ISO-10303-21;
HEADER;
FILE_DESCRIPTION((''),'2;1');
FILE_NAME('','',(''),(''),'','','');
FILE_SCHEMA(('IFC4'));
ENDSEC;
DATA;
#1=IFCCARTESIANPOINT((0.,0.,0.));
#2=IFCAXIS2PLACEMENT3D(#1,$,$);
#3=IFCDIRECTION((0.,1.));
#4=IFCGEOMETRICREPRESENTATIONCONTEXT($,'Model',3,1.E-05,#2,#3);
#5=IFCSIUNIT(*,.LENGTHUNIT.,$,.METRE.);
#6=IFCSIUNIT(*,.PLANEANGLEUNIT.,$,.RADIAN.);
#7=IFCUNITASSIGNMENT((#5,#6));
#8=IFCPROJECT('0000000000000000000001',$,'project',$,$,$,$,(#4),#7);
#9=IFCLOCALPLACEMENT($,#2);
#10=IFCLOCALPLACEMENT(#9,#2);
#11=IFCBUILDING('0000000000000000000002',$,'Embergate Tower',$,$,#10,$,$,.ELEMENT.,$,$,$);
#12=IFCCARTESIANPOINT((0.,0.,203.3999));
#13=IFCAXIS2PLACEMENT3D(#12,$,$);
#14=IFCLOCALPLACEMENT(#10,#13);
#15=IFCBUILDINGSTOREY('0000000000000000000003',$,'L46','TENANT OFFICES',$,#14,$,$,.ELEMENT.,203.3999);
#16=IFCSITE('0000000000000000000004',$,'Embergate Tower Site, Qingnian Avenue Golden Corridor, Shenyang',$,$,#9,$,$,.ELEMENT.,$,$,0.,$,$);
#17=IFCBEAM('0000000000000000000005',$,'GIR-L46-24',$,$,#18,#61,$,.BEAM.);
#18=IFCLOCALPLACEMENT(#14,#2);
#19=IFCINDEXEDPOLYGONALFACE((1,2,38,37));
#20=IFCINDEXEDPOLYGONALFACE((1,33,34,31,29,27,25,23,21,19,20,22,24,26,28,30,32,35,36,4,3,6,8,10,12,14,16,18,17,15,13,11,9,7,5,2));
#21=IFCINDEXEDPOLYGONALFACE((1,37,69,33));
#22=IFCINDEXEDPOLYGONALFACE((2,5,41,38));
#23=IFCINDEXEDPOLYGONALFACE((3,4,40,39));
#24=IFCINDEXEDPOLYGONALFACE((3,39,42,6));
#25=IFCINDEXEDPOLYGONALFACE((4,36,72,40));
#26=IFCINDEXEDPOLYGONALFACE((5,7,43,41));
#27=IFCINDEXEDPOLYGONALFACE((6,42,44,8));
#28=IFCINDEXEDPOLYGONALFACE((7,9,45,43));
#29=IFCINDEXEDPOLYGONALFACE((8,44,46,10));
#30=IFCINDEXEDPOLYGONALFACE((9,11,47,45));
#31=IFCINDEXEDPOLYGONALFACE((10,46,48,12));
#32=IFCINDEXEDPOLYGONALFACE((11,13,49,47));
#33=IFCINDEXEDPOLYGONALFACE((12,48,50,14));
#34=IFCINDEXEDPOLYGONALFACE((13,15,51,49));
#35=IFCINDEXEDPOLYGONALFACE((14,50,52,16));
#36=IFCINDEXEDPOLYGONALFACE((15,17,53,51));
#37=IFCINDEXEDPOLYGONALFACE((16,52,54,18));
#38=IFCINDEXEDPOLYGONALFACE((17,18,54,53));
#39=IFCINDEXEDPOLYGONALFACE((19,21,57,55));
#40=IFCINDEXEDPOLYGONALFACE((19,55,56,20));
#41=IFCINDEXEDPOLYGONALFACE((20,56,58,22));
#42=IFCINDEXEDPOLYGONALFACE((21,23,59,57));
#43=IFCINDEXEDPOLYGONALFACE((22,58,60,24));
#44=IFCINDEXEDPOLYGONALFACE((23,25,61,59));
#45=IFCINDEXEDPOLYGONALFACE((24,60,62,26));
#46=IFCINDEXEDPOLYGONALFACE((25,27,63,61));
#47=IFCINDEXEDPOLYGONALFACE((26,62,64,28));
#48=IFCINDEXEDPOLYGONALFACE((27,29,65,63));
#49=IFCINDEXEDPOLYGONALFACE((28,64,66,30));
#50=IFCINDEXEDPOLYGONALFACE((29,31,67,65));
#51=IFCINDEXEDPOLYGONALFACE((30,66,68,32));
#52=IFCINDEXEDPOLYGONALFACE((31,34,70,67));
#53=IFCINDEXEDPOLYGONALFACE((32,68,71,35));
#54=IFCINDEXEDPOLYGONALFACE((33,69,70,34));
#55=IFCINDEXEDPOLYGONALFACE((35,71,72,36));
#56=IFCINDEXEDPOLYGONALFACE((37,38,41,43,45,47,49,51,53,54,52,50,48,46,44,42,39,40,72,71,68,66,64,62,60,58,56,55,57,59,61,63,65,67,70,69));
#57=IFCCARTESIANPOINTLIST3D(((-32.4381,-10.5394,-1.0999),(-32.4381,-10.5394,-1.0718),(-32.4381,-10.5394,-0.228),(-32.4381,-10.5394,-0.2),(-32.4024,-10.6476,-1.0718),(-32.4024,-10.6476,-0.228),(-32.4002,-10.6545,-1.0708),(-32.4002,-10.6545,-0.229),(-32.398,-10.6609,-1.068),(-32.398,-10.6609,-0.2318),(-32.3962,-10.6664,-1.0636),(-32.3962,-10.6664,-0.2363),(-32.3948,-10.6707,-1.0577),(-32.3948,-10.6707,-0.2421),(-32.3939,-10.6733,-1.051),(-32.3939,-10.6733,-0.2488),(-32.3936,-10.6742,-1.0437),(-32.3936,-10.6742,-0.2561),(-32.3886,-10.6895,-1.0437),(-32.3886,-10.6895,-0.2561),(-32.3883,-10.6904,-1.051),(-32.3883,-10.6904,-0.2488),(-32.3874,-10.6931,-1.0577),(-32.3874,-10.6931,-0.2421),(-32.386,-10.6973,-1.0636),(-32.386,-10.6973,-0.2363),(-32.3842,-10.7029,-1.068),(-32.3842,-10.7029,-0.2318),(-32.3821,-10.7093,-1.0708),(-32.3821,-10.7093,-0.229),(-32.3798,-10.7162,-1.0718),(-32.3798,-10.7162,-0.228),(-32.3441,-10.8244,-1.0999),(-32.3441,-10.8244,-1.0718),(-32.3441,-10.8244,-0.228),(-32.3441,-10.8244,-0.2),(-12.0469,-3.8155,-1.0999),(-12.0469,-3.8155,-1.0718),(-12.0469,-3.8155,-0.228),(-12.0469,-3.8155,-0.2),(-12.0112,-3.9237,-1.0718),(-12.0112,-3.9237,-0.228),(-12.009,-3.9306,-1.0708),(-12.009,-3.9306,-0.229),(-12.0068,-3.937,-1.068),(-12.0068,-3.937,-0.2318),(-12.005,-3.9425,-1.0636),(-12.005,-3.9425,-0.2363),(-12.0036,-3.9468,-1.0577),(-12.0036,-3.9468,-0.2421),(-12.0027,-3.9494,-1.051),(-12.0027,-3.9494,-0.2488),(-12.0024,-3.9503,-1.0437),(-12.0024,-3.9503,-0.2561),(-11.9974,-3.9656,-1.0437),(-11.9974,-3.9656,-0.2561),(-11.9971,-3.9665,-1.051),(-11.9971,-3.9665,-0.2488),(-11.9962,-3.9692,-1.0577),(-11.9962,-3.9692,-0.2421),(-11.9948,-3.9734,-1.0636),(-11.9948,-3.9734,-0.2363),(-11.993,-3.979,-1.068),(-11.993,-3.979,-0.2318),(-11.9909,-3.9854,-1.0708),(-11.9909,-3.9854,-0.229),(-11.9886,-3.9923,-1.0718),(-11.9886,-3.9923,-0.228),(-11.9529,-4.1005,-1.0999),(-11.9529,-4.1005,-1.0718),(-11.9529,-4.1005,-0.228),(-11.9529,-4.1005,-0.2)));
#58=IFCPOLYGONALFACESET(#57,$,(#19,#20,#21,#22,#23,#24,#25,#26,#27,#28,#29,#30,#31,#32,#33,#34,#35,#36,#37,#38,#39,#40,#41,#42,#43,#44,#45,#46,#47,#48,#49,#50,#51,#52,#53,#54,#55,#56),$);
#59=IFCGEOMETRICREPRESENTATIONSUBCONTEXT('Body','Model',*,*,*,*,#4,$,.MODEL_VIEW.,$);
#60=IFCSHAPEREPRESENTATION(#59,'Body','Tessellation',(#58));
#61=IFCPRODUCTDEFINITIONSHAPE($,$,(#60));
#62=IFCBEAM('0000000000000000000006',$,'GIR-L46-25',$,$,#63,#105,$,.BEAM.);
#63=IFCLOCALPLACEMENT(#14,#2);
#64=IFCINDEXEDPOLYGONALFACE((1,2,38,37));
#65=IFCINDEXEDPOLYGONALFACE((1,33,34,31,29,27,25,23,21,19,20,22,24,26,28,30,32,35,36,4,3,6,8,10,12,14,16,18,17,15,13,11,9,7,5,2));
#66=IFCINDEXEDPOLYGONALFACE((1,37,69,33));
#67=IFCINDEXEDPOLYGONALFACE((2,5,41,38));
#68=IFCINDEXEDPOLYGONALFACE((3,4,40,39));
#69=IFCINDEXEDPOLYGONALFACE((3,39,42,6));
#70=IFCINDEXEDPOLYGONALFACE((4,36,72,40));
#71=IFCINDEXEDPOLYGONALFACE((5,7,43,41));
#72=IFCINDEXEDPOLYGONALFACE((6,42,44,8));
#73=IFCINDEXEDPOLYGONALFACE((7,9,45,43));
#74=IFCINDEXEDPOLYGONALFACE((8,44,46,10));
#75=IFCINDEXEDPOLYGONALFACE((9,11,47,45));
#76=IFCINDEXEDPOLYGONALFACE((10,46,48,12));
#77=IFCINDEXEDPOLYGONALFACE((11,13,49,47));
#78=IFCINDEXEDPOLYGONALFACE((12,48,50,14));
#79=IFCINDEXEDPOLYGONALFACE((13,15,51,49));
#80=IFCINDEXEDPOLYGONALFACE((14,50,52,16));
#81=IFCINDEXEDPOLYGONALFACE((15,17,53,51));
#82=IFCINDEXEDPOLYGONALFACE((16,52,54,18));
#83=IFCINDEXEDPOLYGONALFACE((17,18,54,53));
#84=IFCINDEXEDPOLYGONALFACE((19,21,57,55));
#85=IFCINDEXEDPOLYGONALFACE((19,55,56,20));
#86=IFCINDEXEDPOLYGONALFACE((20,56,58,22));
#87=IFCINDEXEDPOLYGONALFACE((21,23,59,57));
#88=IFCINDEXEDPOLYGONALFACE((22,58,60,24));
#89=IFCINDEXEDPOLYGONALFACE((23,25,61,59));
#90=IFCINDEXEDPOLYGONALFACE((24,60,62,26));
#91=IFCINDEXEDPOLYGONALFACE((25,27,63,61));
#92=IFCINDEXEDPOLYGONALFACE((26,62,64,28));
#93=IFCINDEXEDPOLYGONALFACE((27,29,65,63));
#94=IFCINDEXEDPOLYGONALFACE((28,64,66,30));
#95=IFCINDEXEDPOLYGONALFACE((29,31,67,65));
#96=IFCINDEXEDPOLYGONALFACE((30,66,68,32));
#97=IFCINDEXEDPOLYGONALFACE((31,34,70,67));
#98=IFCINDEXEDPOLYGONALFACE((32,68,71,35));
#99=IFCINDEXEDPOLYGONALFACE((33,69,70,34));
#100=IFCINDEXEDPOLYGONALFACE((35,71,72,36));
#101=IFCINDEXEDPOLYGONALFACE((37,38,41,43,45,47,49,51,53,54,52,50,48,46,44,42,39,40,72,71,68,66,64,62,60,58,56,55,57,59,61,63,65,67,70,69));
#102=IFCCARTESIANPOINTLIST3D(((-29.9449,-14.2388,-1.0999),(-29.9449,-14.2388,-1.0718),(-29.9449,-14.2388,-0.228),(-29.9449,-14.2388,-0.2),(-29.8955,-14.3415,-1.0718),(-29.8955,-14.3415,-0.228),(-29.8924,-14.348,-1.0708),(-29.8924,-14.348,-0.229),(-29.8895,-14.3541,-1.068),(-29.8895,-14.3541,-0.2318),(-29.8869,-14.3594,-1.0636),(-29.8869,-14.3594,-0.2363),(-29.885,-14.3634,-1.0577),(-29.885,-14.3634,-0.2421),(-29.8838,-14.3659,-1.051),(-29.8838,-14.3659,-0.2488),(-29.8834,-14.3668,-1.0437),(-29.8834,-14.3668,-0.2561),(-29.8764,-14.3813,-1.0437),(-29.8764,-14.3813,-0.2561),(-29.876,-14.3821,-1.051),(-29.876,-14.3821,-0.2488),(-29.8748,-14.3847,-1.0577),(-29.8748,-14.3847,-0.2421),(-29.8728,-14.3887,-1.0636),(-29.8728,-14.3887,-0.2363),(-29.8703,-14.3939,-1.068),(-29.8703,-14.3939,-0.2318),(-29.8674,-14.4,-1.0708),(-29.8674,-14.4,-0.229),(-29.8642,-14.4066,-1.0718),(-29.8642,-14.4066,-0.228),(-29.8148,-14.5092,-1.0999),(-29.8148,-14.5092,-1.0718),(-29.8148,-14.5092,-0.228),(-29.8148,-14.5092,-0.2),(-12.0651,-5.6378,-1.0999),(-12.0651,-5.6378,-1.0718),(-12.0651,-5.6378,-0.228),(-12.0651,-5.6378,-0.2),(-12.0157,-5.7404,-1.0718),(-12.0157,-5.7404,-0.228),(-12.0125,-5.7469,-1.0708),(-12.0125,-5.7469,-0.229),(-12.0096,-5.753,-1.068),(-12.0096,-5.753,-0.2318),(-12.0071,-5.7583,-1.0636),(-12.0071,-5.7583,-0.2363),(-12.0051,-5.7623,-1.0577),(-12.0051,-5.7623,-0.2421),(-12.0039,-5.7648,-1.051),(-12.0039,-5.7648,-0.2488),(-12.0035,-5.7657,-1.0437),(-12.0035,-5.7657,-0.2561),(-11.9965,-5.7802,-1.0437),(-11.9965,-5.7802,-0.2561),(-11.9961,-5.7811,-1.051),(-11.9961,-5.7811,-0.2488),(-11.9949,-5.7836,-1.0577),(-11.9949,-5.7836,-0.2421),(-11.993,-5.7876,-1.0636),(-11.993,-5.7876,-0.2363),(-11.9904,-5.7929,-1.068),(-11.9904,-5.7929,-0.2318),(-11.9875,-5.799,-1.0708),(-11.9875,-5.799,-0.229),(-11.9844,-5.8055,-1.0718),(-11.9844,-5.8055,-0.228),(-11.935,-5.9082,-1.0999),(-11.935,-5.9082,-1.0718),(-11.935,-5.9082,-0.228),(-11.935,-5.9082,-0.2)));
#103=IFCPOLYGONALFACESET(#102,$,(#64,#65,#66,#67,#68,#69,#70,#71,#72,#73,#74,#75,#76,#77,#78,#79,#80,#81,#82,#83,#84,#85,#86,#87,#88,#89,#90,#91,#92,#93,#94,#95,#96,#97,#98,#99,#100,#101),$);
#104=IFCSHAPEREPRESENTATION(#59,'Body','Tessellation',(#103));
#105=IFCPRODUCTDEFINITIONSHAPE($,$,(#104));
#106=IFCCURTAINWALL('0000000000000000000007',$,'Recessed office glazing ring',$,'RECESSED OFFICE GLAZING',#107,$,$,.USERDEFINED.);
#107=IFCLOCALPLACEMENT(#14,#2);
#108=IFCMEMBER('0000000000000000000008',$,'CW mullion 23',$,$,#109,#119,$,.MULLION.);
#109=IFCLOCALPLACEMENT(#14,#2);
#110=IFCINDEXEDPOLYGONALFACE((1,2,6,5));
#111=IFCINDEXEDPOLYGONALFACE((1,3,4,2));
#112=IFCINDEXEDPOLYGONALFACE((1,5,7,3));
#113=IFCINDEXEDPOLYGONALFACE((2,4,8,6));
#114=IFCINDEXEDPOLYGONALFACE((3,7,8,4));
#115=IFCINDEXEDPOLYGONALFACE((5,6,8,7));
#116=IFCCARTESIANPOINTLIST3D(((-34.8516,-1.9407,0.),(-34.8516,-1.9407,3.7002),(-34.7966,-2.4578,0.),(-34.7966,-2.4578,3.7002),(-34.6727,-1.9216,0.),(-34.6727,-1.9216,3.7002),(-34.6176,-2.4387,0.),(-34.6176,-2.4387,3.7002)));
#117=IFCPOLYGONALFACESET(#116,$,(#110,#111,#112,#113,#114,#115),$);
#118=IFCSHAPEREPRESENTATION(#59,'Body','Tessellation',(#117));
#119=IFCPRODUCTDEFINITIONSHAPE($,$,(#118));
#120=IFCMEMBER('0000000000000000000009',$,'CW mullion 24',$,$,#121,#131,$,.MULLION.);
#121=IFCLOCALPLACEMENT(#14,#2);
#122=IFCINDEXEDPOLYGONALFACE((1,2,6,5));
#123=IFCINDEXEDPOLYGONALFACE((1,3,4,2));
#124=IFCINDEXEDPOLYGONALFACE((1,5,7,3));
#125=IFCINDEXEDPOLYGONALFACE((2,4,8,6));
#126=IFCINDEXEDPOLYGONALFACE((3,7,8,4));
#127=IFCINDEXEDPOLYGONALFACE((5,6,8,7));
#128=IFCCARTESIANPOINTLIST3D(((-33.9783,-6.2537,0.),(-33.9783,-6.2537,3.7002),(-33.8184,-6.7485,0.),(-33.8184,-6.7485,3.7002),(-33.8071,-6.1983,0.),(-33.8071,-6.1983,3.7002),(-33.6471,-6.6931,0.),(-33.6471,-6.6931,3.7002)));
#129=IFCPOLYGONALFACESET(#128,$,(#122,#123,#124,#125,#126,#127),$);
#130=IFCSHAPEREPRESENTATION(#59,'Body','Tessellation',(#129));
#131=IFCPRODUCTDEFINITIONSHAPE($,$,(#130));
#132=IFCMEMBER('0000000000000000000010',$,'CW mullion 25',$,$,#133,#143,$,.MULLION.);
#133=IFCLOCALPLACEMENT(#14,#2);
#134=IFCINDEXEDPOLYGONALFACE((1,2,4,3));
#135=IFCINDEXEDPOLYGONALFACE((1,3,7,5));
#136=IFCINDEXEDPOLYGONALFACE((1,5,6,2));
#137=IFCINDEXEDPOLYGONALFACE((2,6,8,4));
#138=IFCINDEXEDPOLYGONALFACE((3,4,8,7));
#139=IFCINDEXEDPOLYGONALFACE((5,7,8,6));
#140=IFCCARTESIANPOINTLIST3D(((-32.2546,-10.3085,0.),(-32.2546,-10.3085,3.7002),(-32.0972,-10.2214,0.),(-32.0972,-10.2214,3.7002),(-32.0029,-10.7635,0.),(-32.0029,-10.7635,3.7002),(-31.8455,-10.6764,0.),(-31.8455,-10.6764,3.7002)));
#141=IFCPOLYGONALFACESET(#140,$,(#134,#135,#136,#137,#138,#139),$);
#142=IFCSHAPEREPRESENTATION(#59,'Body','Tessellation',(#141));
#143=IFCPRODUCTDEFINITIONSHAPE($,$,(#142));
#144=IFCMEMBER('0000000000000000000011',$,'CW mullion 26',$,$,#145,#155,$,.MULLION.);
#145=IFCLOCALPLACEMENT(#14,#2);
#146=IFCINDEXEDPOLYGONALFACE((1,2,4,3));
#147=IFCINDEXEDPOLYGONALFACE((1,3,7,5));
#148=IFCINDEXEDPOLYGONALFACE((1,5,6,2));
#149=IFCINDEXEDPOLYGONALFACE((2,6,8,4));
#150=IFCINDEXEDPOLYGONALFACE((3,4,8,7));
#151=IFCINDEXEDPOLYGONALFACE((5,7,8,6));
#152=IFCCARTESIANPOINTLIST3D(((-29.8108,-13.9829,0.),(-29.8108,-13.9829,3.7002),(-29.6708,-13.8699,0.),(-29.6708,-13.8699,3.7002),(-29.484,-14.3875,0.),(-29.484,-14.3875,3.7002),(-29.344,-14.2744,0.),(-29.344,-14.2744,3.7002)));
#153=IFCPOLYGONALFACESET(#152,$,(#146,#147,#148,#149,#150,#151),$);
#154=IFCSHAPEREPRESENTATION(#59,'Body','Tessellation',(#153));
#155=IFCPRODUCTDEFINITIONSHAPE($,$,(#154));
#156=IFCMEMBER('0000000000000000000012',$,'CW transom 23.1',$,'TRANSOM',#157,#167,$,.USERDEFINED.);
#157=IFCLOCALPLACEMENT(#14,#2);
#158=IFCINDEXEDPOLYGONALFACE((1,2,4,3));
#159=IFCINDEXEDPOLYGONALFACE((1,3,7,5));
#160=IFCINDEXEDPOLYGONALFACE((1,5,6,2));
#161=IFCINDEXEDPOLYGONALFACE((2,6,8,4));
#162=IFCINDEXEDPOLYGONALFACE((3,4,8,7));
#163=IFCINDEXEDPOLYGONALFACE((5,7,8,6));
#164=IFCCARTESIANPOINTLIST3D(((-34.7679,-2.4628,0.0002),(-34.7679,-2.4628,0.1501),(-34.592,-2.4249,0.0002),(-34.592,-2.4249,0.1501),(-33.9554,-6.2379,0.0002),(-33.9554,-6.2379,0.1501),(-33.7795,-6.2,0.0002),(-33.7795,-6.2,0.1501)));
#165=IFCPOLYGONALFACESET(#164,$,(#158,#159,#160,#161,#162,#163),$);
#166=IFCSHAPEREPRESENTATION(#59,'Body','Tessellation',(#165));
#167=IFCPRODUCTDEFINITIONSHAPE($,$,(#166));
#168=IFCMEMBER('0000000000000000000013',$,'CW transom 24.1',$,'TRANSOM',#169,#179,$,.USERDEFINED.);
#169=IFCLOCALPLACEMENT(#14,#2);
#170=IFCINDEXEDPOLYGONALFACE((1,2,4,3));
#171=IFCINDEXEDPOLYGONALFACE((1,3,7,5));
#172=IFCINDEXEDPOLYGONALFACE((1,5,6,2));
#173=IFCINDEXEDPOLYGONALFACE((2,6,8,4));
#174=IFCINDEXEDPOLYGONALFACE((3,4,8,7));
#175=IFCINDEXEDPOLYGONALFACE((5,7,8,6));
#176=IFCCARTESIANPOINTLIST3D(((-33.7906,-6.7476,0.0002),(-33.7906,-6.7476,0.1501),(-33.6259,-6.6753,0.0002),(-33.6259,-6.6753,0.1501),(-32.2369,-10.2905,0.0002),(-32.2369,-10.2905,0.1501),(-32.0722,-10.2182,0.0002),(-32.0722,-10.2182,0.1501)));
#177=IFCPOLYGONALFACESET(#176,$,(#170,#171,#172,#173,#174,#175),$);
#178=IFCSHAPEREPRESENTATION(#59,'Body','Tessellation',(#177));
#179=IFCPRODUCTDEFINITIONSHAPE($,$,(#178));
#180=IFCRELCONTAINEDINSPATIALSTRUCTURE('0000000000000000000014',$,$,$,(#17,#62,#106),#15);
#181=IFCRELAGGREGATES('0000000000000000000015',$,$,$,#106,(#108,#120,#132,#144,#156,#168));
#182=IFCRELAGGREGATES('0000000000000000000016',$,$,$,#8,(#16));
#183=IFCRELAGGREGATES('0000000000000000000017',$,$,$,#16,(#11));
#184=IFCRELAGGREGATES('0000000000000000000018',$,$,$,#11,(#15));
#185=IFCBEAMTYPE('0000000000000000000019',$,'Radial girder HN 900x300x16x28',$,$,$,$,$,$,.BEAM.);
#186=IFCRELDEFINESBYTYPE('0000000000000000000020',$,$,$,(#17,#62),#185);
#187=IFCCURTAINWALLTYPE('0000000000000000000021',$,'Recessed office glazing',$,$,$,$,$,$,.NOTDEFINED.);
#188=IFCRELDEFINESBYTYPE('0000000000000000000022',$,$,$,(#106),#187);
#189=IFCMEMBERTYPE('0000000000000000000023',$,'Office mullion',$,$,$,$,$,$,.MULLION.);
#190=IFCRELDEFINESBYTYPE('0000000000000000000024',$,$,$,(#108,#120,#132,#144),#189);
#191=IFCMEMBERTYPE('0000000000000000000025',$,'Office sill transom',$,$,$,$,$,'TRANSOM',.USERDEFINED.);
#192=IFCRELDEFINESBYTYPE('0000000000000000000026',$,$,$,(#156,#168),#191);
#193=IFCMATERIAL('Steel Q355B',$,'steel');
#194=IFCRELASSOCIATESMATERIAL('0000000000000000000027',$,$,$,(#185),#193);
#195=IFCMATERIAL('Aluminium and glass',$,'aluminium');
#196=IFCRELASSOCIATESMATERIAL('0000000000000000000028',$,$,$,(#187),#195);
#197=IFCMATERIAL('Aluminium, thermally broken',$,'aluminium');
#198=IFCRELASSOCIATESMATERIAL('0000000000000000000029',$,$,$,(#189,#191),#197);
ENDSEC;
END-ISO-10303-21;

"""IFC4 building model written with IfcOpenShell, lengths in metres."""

from ifc_helpers import new_model, si_unit, direction, frame, origin, origin_2d, place, context, subcontext, project, spatial, rectangle, i_section, extrude, source, transform, mapped, material, material_profile, profile_set, type_object, element, aggregate, save


model = new_model("IFC4")

# Units and contexts
model_context = context("Model", 3, precision=1e-05, world=origin(), true_north=direction((0.0, 1.0)))
body_context = subcontext(model_context, "Body", "Model", "MODEL_VIEW")
ifc_project = project(units=[si_unit("LENGTHUNIT", "METRE"), si_unit("PLANEANGLEUNIT", "RADIAN")], contexts=[model_context])

# Site, building, storey
site_placement = place(None, origin())
site = spatial("IfcSite", under=ifc_project, at=site_placement, Name="Embergate Tower Site, Qingnian Avenue Golden Corridor, Shenyang", CompositionType="ELEMENT", RefElevation=0.0)
building_placement = place(site_placement, origin())
building = spatial("IfcBuilding", under=site, at=building_placement, Name="Embergate Tower", CompositionType="ELEMENT")
storey_placement = place(building_placement, frame((0.0, 0.0, 203.3999)))
storey = spatial("IfcBuildingStorey", under=building, at=storey_placement, Name="L46", Description="TENANT OFFICES", CompositionType="ELEMENT", Elevation=203.3999)

# Beams
ifc_material_1 = material(Name="Steel Q355B", Category="steel")
ifc_material_profile_1 = material_profile(ifc_material_1, i_section(OverallWidth=0.3, OverallDepth=0.8999, WebThickness=0.0161, FlangeThickness=0.0281, FilletRadius=0.0281, at=origin_2d()), Name="HN 900x300x16x28")
ifc_profile_set_1 = profile_set([ifc_material_profile_1], Name="Steel Q355 grade B")
beam_type_1 = type_object("IfcBeamType", Name="Radial girder HN 900x300x16x28", PredefinedType="BEAM", material=ifc_profile_set_1)
shared_shape_1 = source(origin(), body_context, "Body", "SweptSolid", [
    extrude(i_section(OverallWidth=0.3, OverallDepth=0.8999, WebThickness=0.0161, FlangeThickness=0.0281, FilletRadius=0.0281, at=origin_2d()), origin(), (0.0, 0.0, 1.0), 21.4712),
])
beam_1_placement = place(storey_placement, frame((-32.3911, -10.6819, -0.6499), z_axis=(0.949701, 0.313159, 0.0), x_axis=(-0.313159, 0.949701, 0.0)))
element("IfcBeam", 1, at=beam_1_placement, inside=storey, type_object=beam_type_1, Name="GIR-L46-24", PredefinedType="BEAM", context=body_context, shape_type="MappedRepresentation", body=[
    mapped(shared_shape_1, transform((0.0, 0.0, 0.0))),
])
shared_shape_2 = source(origin(), body_context, "Body", "SweptSolid", [
    extrude(i_section(OverallWidth=0.3, OverallDepth=0.8999, WebThickness=0.0161, FlangeThickness=0.0281, FilletRadius=0.0281, at=origin_2d()), origin(), (0.0, 0.0, 1.0), 19.8411),
])
beam_2_placement = place(storey_placement, frame((-29.8799, -14.374, -0.6499), z_axis=(0.901154, 0.433498, 0.0), x_axis=(-0.433498, 0.901154, 0.0)))
element("IfcBeam", 2, at=beam_2_placement, inside=storey, type_object=beam_type_1, Name="GIR-L46-25", PredefinedType="BEAM", context=body_context, shape_type="MappedRepresentation", body=[
    mapped(shared_shape_2, transform((0.0, 0.0, 0.0))),
])

# Curtain wall, members
ifc_material_2 = material(Name="Aluminium and glass", Category="aluminium")
curtain_wall_type = type_object("IfcCurtainWallType", Name="Recessed office glazing", PredefinedType="NOTDEFINED", material=ifc_material_2)
curtain_wall_placement = place(storey_placement, origin())
curtain_wall = element("IfcCurtainWall", 3, at=curtain_wall_placement, inside=storey, type_object=curtain_wall_type, Name="Recessed office glazing ring", ObjectType="RECESSED OFFICE GLAZING", PredefinedType="USERDEFINED")
ifc_material_3 = material(Name="Aluminium, thermally broken", Category="aluminium")
ifc_material_profile_2 = material_profile(ifc_material_3, rectangle(XDim=0.1799, YDim=0.52, at=origin_2d()), Name="AL 520x180")
ifc_profile_set_2 = profile_set([ifc_material_profile_2], Name="Aluminium, thermally broken")
member_type_1 = type_object("IfcMemberType", Name="Office mullion", PredefinedType="MULLION", material=ifc_profile_set_2)
shared_shape_3 = source(origin(), body_context, "Body", "SweptSolid", [
    extrude(rectangle(XDim=0.1799, YDim=0.52, at=origin_2d()), origin(), (0.0, 0.0, 1.0), 3.7002),
])
member_1_placement = place(storey_placement, frame((-34.7346, -2.1897, 0.0), z_axis=(0.0, 0.0, 1.0), x_axis=(0.994385, 0.105822, 0.0)))
member_1 = element("IfcMember", 4, at=member_1_placement, type_object=member_type_1, Name="CW mullion 23", PredefinedType="MULLION", context=body_context, shape_type="MappedRepresentation", body=[
    mapped(shared_shape_3, transform((0.0, 0.0, 0.0))),
])
member_2_placement = place(storey_placement, frame((-33.8127, -6.4734, 0.0), z_axis=(0.0, 0.0, 1.0), x_axis=(0.951499, 0.307651, 0.0)))
member_2 = element("IfcMember", 5, at=member_2_placement, type_object=member_type_1, Name="CW mullion 24", PredefinedType="MULLION", context=body_context, shape_type="MappedRepresentation", body=[
    mapped(shared_shape_3, transform((0.0, 0.0, 0.0))),
])
member_3_placement = place(storey_placement, frame((-32.05, -10.4924, 0.0), z_axis=(0.0, 0.0, 1.0), x_axis=(0.875006, 0.484112, 0.0)))
member_3 = element("IfcMember", 6, at=member_3_placement, type_object=member_type_1, Name="CW mullion 25", PredefinedType="MULLION", context=body_context, shape_type="MappedRepresentation", body=[
    mapped(shared_shape_3, transform((0.0, 0.0, 0.0))),
])
member_4_placement = place(storey_placement, frame((-29.5774, -14.1287, 0.0), z_axis=(0.0, 0.0, 1.0), x_axis=(0.777879, 0.628414, 0.0)))
member_4 = element("IfcMember", 7, at=member_4_placement, type_object=member_type_1, Name="CW mullion 26", PredefinedType="MULLION", context=body_context, shape_type="MappedRepresentation", body=[
    mapped(shared_shape_3, transform((0.0, 0.0, 0.0))),
])
ifc_material_profile_3 = material_profile(ifc_material_3, rectangle(XDim=0.1799, YDim=0.1499, at=origin_2d()), Name="AL 150x180")
ifc_profile_set_3 = profile_set([ifc_material_profile_3], Name="Aluminium, thermally broken")
member_type_2 = type_object("IfcMemberType", Name="Office sill transom", ElementType="TRANSOM", PredefinedType="USERDEFINED", material=ifc_profile_set_3)
shared_shape_4 = source(origin(), body_context, "Body", "SweptSolid", [
    extrude(rectangle(XDim=0.1799, YDim=0.1499, at=origin_2d()), origin(), (0.0, 0.0, 1.0), 3.8616),
])
member_5_placement = place(storey_placement, frame((-34.6799, -2.4438, 0.0752), z_axis=(0.210405, -0.977614, 0.0), x_axis=(0.977614, 0.210405, 0.0)))
member_5 = element("IfcMember", 8, at=member_5_placement, type_object=member_type_2, Name="CW transom 23.1", ObjectType="TRANSOM", PredefinedType="USERDEFINED", context=body_context, shape_type="MappedRepresentation", body=[
    mapped(shared_shape_4, transform((0.0, 0.0, 0.0))),
])
shared_shape_5 = source(origin(), body_context, "Body", "SweptSolid", [
    extrude(rectangle(XDim=0.1799, YDim=0.1499, at=origin_2d()), origin(), (0.0, 0.0, 1.0), 3.8687),
])
member_6_placement = place(storey_placement, frame((-33.7083, -6.7114, 0.0752), z_axis=(0.401613, -0.915809, 0.0), x_axis=(0.915809, 0.401613, 0.0)))
member_6 = element("IfcMember", 9, at=member_6_placement, type_object=member_type_2, Name="CW transom 24.1", ObjectType="TRANSOM", PredefinedType="USERDEFINED", context=body_context, shape_type="MappedRepresentation", body=[
    mapped(shared_shape_5, transform((0.0, 0.0, 0.0))),
])
aggregate(curtain_wall, [member_1, member_2, member_3, member_4, member_5, member_6])

save(model, "model.ifc")
